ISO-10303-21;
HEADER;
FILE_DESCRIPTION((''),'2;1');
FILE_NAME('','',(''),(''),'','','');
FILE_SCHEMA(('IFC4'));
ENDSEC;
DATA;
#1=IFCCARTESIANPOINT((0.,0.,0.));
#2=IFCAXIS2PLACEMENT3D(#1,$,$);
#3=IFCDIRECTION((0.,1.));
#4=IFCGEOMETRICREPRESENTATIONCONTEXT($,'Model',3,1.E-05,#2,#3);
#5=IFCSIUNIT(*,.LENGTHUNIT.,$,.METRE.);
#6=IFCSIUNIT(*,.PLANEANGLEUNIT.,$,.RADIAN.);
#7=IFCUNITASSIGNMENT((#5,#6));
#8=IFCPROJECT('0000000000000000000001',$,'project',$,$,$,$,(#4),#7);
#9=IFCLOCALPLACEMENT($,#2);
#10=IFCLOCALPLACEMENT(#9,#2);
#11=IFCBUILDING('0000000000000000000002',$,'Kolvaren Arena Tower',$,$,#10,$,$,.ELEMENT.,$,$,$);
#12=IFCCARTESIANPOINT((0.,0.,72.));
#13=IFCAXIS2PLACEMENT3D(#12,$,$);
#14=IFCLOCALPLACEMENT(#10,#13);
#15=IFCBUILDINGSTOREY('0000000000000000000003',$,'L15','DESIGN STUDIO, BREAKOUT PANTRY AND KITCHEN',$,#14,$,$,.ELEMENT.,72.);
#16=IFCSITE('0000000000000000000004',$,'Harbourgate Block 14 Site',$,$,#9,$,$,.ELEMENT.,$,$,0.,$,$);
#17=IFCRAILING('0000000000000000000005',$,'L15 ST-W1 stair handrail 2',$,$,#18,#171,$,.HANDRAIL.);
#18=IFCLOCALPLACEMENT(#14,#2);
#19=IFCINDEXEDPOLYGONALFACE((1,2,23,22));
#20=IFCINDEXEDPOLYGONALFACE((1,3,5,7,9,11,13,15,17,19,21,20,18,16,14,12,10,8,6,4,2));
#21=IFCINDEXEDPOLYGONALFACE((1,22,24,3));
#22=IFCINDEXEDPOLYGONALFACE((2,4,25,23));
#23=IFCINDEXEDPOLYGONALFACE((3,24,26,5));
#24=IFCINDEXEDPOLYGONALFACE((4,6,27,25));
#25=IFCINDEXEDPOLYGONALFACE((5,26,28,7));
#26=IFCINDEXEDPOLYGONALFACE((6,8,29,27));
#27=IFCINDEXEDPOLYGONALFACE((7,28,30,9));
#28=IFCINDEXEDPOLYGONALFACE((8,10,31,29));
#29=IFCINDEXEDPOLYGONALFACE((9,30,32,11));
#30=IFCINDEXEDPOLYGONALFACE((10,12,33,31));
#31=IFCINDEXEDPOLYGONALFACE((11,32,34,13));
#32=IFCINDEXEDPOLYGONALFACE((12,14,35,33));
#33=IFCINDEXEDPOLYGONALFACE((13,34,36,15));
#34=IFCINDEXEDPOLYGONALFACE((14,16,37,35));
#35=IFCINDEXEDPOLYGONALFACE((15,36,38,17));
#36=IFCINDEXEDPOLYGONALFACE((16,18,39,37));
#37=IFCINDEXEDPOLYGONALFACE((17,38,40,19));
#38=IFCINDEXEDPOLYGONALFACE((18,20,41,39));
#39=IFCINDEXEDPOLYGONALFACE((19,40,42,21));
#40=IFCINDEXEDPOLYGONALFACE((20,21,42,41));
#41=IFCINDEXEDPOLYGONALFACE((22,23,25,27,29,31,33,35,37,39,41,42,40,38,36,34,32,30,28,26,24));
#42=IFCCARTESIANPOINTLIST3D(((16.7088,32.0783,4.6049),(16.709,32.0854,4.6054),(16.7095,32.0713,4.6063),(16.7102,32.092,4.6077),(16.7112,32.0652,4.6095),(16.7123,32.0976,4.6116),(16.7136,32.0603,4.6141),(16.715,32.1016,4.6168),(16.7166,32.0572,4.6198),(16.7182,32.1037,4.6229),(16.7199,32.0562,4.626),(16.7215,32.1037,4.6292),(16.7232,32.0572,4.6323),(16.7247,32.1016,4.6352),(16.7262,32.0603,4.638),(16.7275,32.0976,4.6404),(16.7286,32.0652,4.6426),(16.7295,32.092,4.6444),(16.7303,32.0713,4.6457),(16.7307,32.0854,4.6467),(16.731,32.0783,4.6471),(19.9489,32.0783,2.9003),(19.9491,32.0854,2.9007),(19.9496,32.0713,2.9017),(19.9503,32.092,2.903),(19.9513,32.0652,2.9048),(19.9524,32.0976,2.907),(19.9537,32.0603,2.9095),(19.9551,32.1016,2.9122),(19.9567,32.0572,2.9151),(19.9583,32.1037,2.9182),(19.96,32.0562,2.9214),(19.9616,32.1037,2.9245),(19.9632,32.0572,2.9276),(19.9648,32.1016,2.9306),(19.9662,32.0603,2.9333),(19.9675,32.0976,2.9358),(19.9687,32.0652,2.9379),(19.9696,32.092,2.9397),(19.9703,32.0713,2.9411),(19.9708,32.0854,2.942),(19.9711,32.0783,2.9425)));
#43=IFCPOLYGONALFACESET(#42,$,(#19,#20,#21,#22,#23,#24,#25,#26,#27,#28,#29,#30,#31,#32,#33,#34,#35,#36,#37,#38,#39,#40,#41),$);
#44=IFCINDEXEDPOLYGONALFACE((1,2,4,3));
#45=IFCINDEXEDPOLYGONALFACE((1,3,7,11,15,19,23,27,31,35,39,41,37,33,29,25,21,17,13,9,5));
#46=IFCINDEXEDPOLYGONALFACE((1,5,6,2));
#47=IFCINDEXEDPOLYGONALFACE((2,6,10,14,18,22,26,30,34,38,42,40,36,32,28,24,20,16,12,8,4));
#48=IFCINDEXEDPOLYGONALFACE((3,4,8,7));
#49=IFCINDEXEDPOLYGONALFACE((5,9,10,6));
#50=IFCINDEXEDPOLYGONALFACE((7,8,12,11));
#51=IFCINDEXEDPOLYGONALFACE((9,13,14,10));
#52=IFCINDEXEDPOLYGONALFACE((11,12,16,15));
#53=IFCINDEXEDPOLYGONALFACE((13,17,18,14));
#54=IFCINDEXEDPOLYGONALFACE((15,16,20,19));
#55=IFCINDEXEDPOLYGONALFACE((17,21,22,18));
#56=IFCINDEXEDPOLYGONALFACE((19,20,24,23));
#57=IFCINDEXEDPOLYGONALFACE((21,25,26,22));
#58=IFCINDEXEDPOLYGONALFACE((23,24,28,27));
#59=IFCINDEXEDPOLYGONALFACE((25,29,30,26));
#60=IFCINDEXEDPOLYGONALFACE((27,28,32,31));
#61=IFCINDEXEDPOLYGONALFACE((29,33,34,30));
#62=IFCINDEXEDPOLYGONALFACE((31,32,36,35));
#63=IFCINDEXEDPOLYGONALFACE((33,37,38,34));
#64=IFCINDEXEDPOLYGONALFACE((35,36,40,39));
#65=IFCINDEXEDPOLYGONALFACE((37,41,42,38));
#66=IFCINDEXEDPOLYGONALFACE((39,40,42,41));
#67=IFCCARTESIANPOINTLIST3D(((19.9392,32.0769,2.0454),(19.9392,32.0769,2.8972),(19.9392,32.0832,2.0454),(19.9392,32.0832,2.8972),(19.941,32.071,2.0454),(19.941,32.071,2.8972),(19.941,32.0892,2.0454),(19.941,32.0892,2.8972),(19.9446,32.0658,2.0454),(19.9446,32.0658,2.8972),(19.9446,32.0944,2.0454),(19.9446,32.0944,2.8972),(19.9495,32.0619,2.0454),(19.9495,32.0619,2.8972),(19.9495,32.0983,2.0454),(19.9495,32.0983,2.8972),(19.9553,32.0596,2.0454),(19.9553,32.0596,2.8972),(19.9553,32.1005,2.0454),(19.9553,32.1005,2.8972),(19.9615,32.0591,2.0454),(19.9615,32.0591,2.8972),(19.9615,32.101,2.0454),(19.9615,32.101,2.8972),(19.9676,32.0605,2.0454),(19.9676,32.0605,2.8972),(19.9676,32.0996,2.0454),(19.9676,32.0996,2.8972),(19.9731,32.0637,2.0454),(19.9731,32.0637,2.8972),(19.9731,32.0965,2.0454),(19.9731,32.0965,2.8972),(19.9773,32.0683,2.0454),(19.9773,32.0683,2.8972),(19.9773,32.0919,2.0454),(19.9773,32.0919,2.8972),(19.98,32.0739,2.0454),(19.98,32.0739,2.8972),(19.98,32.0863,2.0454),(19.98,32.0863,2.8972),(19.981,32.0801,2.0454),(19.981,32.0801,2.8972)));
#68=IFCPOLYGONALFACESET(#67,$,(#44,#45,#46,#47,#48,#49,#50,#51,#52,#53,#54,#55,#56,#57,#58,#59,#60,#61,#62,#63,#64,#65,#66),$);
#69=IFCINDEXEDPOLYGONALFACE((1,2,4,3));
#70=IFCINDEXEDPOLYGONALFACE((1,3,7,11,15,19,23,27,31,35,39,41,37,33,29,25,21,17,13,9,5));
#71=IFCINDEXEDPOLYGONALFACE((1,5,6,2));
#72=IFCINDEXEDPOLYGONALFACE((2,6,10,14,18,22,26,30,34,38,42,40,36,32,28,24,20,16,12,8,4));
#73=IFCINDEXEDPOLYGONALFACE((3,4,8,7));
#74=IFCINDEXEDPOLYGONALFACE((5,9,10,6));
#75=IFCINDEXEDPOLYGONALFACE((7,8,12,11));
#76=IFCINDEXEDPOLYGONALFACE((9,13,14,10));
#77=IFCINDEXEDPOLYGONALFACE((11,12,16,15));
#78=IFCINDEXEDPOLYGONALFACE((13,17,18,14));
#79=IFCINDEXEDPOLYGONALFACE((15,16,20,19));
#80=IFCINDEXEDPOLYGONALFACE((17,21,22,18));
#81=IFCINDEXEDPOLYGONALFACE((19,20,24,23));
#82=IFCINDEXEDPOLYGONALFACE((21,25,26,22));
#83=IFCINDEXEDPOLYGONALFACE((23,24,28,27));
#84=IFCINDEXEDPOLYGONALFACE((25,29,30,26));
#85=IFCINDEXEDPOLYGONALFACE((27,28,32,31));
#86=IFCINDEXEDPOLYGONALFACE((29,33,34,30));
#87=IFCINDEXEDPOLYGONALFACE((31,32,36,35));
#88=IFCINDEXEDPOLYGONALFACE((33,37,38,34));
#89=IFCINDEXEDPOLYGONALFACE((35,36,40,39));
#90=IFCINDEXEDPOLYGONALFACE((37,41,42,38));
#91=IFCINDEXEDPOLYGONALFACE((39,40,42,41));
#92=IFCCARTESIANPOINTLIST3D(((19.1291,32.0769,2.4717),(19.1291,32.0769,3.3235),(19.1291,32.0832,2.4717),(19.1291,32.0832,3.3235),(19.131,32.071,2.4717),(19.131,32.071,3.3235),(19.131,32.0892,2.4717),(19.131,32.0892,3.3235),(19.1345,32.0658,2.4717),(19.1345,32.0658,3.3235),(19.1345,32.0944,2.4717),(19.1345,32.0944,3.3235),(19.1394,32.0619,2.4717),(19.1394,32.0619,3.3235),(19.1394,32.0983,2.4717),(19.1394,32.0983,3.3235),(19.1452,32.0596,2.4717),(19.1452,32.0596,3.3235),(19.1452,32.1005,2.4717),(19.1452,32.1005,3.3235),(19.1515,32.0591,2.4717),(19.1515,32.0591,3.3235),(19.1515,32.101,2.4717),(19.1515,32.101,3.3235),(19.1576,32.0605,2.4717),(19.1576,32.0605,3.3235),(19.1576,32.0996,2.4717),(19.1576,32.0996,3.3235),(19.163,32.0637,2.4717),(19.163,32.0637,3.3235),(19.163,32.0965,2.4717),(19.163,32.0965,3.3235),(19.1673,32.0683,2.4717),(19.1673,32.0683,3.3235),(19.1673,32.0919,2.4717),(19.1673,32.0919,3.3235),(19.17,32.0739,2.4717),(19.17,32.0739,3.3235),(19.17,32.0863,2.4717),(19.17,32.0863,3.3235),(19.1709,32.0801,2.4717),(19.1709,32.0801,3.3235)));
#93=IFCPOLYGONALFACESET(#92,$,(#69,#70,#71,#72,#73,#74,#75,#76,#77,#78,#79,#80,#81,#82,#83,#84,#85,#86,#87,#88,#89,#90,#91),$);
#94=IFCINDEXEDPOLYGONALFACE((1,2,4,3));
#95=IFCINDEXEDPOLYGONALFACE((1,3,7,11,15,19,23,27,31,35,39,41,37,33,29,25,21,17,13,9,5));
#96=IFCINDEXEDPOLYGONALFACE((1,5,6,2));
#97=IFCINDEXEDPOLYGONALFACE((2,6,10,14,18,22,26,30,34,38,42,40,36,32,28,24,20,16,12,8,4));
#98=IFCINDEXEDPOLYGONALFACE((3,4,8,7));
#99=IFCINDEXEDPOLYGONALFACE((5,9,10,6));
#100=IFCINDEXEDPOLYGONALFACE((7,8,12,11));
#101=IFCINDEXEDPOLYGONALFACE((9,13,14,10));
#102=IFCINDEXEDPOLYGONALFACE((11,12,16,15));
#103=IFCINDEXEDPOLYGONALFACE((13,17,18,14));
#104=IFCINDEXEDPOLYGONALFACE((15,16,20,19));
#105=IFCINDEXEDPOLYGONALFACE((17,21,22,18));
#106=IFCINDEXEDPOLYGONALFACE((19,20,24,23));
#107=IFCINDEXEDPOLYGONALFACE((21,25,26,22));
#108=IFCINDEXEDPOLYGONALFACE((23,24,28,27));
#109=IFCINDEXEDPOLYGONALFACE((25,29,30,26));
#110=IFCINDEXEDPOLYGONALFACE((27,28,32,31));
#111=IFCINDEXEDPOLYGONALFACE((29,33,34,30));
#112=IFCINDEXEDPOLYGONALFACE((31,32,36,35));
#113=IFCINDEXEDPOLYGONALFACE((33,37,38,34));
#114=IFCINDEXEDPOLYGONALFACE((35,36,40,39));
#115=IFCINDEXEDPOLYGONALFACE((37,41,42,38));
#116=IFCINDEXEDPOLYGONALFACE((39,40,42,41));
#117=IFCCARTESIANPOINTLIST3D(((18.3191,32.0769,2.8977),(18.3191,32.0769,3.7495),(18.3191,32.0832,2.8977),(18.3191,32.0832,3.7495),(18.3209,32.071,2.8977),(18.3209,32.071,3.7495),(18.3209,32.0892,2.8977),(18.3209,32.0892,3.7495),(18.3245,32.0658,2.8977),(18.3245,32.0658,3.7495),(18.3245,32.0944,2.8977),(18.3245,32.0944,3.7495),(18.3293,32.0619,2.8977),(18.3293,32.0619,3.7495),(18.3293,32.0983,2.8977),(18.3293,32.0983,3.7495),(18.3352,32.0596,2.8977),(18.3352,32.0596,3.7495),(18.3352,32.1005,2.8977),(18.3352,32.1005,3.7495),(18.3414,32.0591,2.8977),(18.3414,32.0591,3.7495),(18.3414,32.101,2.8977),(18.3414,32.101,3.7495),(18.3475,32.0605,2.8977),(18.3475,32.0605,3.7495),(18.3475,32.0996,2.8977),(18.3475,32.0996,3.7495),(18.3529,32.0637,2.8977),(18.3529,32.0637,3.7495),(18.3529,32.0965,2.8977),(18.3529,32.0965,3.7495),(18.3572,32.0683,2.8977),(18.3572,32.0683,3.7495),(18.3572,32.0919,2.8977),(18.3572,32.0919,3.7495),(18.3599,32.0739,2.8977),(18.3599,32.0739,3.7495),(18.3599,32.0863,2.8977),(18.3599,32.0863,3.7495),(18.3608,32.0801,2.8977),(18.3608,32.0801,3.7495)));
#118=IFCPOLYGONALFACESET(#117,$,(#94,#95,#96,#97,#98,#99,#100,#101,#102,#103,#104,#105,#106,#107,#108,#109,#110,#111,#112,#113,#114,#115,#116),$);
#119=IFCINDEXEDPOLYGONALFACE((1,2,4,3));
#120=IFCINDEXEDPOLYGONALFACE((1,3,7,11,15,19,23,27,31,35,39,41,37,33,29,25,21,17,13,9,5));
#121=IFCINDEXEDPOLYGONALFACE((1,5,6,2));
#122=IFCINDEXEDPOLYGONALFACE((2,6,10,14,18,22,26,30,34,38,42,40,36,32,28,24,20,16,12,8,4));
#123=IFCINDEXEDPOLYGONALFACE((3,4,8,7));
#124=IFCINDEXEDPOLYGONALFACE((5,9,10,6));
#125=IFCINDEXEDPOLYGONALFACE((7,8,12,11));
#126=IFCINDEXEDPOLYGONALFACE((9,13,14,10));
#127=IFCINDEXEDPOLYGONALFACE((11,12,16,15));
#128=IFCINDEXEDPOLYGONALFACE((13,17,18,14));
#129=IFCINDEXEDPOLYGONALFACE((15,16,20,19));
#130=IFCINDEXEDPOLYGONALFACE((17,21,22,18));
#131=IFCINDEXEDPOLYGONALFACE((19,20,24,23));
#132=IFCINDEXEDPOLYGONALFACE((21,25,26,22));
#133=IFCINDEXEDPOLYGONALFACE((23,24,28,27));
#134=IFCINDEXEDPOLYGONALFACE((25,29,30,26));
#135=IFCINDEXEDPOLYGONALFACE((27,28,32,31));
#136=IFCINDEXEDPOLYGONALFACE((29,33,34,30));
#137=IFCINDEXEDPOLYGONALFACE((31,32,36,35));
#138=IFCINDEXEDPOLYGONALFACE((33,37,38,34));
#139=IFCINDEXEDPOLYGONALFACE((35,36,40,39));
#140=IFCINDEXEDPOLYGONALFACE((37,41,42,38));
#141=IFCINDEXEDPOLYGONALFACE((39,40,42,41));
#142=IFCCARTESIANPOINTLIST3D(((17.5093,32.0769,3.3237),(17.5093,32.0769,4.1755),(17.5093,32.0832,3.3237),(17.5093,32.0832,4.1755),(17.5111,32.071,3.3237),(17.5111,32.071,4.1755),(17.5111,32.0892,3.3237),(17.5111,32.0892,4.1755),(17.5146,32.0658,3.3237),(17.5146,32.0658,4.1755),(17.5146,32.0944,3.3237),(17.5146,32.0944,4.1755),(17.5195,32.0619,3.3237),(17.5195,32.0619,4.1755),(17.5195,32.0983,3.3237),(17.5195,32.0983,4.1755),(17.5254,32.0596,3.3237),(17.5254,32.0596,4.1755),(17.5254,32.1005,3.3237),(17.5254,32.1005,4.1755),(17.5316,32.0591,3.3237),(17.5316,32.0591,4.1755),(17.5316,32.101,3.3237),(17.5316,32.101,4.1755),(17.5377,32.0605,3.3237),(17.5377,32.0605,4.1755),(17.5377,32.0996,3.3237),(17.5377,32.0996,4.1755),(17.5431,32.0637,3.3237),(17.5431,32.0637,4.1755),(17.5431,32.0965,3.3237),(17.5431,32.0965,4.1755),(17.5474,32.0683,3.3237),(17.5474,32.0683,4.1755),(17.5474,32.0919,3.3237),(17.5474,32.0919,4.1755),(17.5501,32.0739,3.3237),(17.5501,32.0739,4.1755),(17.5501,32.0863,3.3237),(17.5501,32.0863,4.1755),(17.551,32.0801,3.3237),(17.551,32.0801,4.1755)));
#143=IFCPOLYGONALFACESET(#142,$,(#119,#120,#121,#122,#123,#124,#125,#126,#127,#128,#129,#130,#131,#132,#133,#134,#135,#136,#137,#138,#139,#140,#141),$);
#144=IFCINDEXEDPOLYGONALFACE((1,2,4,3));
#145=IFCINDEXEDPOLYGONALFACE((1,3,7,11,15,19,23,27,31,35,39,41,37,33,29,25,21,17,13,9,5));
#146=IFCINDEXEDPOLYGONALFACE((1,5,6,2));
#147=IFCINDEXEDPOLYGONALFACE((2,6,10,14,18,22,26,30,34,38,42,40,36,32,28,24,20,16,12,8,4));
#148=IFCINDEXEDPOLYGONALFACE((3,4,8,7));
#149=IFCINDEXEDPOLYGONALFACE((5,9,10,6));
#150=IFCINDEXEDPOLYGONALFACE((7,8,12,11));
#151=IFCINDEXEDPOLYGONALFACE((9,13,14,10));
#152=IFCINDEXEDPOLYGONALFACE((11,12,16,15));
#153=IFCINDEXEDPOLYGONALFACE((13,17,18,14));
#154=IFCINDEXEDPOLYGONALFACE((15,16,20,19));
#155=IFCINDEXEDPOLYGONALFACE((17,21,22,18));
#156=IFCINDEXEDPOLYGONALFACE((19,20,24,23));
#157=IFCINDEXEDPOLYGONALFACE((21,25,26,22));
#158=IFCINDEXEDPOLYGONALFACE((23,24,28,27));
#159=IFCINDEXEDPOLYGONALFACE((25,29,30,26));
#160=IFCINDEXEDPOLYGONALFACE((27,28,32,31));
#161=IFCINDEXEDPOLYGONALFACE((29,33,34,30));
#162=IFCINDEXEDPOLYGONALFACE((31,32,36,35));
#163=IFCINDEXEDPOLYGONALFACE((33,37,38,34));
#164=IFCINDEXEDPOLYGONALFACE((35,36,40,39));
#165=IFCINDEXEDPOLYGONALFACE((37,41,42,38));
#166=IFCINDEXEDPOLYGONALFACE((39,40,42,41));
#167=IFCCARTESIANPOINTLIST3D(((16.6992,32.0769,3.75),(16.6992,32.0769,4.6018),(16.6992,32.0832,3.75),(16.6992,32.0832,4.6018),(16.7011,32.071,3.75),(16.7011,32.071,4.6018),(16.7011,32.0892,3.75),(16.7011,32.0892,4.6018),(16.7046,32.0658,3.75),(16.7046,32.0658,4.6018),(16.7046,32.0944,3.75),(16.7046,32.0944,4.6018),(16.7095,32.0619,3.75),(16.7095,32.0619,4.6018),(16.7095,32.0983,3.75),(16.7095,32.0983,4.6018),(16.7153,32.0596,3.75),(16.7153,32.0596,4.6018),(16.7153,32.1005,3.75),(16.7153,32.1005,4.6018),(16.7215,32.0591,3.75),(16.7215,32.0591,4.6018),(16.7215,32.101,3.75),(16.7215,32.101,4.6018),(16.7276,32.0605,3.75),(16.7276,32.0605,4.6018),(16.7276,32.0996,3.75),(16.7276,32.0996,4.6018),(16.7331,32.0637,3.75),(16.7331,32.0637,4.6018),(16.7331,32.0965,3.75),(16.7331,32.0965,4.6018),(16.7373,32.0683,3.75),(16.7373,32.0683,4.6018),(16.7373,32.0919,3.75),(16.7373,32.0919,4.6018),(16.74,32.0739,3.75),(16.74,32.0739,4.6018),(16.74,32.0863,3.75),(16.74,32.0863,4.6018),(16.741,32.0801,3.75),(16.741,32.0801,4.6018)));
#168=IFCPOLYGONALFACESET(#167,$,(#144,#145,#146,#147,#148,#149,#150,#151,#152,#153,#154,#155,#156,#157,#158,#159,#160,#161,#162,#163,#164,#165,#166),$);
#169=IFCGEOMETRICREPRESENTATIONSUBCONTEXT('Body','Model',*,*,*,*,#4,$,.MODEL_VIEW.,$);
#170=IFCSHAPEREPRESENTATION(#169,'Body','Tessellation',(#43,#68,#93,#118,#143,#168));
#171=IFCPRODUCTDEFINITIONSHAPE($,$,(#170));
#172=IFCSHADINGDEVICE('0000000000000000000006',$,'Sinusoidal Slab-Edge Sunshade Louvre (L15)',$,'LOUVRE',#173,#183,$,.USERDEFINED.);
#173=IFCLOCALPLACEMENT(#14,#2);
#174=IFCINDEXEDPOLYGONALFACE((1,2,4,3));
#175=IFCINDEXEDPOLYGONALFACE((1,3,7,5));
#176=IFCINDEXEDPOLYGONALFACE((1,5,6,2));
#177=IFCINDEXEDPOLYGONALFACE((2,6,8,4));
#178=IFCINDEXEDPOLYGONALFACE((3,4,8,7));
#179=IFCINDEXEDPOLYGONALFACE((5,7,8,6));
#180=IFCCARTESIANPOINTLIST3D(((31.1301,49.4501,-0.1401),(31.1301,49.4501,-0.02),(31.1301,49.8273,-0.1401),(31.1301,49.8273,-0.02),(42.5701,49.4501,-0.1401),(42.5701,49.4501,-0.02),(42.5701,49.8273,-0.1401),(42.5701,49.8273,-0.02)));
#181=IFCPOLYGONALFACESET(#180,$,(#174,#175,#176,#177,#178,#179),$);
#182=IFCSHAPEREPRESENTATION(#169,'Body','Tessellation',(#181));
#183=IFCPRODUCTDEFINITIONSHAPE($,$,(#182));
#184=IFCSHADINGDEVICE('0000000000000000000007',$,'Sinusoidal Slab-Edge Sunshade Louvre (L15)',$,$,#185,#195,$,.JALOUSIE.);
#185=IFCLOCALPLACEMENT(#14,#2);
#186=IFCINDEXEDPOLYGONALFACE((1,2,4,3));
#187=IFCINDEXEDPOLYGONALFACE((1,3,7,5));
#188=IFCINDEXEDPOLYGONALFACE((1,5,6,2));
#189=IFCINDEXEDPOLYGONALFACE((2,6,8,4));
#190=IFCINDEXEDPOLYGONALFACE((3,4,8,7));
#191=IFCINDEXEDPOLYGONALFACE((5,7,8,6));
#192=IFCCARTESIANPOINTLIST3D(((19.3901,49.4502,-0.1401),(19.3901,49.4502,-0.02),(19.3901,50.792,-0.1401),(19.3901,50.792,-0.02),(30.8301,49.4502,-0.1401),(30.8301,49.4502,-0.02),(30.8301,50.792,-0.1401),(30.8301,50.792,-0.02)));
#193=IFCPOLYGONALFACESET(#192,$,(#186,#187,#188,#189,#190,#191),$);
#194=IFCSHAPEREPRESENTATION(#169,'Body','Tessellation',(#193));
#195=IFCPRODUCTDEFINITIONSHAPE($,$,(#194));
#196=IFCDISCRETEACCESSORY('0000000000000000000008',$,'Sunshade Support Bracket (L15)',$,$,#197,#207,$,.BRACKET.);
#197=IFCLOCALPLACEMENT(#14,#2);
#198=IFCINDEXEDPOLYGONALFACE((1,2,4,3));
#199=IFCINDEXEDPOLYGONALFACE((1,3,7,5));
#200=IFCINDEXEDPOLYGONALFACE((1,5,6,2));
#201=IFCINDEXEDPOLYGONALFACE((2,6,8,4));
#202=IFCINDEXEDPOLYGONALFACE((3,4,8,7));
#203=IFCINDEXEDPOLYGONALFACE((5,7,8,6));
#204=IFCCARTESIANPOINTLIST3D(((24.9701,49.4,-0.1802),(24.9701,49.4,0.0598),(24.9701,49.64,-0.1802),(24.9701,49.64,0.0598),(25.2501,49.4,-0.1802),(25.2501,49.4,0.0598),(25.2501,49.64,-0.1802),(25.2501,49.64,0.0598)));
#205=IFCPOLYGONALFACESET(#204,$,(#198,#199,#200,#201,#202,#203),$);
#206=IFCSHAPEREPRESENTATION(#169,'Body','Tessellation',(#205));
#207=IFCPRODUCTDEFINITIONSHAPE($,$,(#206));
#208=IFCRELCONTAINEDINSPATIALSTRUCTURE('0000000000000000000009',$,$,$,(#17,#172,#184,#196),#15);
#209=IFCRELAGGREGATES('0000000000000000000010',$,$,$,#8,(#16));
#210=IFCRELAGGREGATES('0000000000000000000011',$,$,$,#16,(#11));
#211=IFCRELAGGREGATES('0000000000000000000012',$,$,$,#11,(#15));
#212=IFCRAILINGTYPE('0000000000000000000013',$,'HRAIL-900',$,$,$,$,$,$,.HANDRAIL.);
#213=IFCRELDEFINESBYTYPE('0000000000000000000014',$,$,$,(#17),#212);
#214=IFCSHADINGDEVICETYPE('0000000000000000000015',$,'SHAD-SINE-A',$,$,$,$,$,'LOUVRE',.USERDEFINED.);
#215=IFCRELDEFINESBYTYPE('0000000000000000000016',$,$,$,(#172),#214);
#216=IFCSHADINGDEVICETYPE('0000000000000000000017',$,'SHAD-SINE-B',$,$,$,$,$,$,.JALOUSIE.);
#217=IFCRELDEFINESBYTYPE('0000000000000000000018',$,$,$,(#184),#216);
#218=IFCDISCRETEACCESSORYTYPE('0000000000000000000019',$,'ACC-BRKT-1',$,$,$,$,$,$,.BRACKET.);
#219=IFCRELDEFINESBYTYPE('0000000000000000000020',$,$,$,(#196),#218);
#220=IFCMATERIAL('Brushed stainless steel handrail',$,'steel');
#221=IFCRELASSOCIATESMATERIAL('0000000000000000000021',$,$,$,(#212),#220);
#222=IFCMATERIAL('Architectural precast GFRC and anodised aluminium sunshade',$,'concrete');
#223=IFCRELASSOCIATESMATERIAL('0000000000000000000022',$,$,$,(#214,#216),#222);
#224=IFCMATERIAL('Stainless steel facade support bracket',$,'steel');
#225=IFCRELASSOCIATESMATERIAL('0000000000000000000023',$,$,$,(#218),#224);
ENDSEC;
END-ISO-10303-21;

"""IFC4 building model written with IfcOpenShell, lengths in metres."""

from ifc_helpers import new_model, si_unit, direction, frame, origin, origin_2d, place, context, subcontext, project, spatial, rectangle, circle, extrude, material, type_object, element, save


model = new_model("IFC4")

# Units and contexts
model_context = context("Model", 3, precision=1e-05, world=origin(), true_north=direction((0.0, 1.0)))
body_context = subcontext(model_context, "Body", "Model", "MODEL_VIEW")
ifc_project = project(units=[si_unit("LENGTHUNIT", "METRE"), si_unit("PLANEANGLEUNIT", "RADIAN")], contexts=[model_context])

# Site, building, storey
site_placement = place(None, origin())
site = spatial("IfcSite", under=ifc_project, at=site_placement, Name="Harbourgate Block 14 Site", CompositionType="ELEMENT", RefElevation=0.0)
building_placement = place(site_placement, origin())
building = spatial("IfcBuilding", under=site, at=building_placement, Name="Kolvaren Arena Tower", CompositionType="ELEMENT")
storey_placement = place(building_placement, frame((0.0, 0.0, 72.0)))
storey = spatial("IfcBuildingStorey", under=building, at=storey_placement, Name="L15", Description="DESIGN STUDIO, BREAKOUT PANTRY AND KITCHEN", CompositionType="ELEMENT", Elevation=72.0)

# Railing
ifc_material_1 = material(Name="Brushed stainless steel handrail", Category="steel")
railing_type = type_object("IfcRailingType", Name="HRAIL-900", PredefinedType="HANDRAIL", material=ifc_material_1)
railing_placement = place(storey_placement, frame((19.96, 32.0801, 2.0454)))
element("IfcRailing", 1, at=railing_placement, inside=storey, type_object=railing_type, Name="L15 ST-W1 stair handrail 2", PredefinedType="HANDRAIL", context=body_context, shape_type="SweptSolid", body=[
    extrude(circle(Radius=0.0239, at=origin_2d()), frame((0.0, 0.0, 0.876), z_axis=(-0.884993, 0.0, 0.465604), x_axis=(0.0, -1.0, 0.0)), (0.0, 0.0, 1.0), 3.6611),
    extrude(circle(Radius=0.021, at=origin_2d()), origin(), (0.0, 0.0, 1.0), 0.8518),
    extrude(circle(Radius=0.021, at=origin_2d()), frame((-0.8101, 0.0, 0.4263)), (0.0, 0.0, 1.0), 0.8518),
    extrude(circle(Radius=0.021, at=origin_2d()), frame((-1.6201, 0.0, 0.8523)), (0.0, 0.0, 1.0), 0.8518),
    extrude(circle(Radius=0.021, at=origin_2d()), frame((-2.4299, 0.0, 1.2783)), (0.0, 0.0, 1.0), 0.8518),
    extrude(circle(Radius=0.021, at=origin_2d()), frame((-3.24, 0.0, 1.7046)), (0.0, 0.0, 1.0), 0.8518),
])

# Shading devices
ifc_material_2 = material(Name="Architectural precast GFRC and anodised aluminium sunshade", Category="concrete")
shading_device_type_1 = type_object("IfcShadingDeviceType", Name="SHAD-SINE-A", ElementType="LOUVRE", PredefinedType="USERDEFINED", material=ifc_material_2)
shading_device_1_placement = place(storey_placement, frame((36.8501, 49.6387, -0.1401), z_axis=(0.0, 0.0, 1.0), x_axis=(1.0, 0.0, 0.0)))
element("IfcShadingDevice", 2, at=shading_device_1_placement, inside=storey, type_object=shading_device_type_1, Name="Sinusoidal Slab-Edge Sunshade Louvre (L15)", ObjectType="LOUVRE", PredefinedType="USERDEFINED", context=body_context, shape_type="SweptSolid", body=[
    extrude(rectangle(XDim=11.4399, YDim=0.3772, at=origin_2d()), origin(), (0.0, 0.0, 1.0), 0.1201),
])
shading_device_type_2 = type_object("IfcShadingDeviceType", Name="SHAD-SINE-B", PredefinedType="JALOUSIE", material=ifc_material_2)
shading_device_2_placement = place(storey_placement, frame((25.1101, 50.1211, -0.1401), z_axis=(0.0, 0.0, 1.0), x_axis=(1.0, 0.0, 0.0)))
element("IfcShadingDevice", 3, at=shading_device_2_placement, inside=storey, type_object=shading_device_type_2, Name="Sinusoidal Slab-Edge Sunshade Louvre (L15)", PredefinedType="JALOUSIE", context=body_context, shape_type="SweptSolid", body=[
    extrude(rectangle(XDim=11.4399, YDim=1.3418, at=origin_2d()), origin(), (0.0, 0.0, 1.0), 0.1201),
])

# Discrete accessory
ifc_material_3 = material(Name="Stainless steel facade support bracket", Category="steel")
discrete_accessory_type = type_object("IfcDiscreteAccessoryType", Name="ACC-BRKT-1", PredefinedType="BRACKET", material=ifc_material_3)
discrete_accessory_placement = place(storey_placement, frame((25.1101, 49.52, -0.1802), z_axis=(0.0, 0.0, 1.0), x_axis=(1.0, 0.0, 0.0)))
element("IfcDiscreteAccessory", 4, at=discrete_accessory_placement, inside=storey, type_object=discrete_accessory_type, Name="Sunshade Support Bracket (L15)", PredefinedType="BRACKET", context=body_context, shape_type="SweptSolid", body=[
    extrude(rectangle(XDim=0.28, YDim=0.24, at=origin_2d()), origin(), (0.0, 0.0, 1.0), 0.24),
])

save(model, "model.ifc")
